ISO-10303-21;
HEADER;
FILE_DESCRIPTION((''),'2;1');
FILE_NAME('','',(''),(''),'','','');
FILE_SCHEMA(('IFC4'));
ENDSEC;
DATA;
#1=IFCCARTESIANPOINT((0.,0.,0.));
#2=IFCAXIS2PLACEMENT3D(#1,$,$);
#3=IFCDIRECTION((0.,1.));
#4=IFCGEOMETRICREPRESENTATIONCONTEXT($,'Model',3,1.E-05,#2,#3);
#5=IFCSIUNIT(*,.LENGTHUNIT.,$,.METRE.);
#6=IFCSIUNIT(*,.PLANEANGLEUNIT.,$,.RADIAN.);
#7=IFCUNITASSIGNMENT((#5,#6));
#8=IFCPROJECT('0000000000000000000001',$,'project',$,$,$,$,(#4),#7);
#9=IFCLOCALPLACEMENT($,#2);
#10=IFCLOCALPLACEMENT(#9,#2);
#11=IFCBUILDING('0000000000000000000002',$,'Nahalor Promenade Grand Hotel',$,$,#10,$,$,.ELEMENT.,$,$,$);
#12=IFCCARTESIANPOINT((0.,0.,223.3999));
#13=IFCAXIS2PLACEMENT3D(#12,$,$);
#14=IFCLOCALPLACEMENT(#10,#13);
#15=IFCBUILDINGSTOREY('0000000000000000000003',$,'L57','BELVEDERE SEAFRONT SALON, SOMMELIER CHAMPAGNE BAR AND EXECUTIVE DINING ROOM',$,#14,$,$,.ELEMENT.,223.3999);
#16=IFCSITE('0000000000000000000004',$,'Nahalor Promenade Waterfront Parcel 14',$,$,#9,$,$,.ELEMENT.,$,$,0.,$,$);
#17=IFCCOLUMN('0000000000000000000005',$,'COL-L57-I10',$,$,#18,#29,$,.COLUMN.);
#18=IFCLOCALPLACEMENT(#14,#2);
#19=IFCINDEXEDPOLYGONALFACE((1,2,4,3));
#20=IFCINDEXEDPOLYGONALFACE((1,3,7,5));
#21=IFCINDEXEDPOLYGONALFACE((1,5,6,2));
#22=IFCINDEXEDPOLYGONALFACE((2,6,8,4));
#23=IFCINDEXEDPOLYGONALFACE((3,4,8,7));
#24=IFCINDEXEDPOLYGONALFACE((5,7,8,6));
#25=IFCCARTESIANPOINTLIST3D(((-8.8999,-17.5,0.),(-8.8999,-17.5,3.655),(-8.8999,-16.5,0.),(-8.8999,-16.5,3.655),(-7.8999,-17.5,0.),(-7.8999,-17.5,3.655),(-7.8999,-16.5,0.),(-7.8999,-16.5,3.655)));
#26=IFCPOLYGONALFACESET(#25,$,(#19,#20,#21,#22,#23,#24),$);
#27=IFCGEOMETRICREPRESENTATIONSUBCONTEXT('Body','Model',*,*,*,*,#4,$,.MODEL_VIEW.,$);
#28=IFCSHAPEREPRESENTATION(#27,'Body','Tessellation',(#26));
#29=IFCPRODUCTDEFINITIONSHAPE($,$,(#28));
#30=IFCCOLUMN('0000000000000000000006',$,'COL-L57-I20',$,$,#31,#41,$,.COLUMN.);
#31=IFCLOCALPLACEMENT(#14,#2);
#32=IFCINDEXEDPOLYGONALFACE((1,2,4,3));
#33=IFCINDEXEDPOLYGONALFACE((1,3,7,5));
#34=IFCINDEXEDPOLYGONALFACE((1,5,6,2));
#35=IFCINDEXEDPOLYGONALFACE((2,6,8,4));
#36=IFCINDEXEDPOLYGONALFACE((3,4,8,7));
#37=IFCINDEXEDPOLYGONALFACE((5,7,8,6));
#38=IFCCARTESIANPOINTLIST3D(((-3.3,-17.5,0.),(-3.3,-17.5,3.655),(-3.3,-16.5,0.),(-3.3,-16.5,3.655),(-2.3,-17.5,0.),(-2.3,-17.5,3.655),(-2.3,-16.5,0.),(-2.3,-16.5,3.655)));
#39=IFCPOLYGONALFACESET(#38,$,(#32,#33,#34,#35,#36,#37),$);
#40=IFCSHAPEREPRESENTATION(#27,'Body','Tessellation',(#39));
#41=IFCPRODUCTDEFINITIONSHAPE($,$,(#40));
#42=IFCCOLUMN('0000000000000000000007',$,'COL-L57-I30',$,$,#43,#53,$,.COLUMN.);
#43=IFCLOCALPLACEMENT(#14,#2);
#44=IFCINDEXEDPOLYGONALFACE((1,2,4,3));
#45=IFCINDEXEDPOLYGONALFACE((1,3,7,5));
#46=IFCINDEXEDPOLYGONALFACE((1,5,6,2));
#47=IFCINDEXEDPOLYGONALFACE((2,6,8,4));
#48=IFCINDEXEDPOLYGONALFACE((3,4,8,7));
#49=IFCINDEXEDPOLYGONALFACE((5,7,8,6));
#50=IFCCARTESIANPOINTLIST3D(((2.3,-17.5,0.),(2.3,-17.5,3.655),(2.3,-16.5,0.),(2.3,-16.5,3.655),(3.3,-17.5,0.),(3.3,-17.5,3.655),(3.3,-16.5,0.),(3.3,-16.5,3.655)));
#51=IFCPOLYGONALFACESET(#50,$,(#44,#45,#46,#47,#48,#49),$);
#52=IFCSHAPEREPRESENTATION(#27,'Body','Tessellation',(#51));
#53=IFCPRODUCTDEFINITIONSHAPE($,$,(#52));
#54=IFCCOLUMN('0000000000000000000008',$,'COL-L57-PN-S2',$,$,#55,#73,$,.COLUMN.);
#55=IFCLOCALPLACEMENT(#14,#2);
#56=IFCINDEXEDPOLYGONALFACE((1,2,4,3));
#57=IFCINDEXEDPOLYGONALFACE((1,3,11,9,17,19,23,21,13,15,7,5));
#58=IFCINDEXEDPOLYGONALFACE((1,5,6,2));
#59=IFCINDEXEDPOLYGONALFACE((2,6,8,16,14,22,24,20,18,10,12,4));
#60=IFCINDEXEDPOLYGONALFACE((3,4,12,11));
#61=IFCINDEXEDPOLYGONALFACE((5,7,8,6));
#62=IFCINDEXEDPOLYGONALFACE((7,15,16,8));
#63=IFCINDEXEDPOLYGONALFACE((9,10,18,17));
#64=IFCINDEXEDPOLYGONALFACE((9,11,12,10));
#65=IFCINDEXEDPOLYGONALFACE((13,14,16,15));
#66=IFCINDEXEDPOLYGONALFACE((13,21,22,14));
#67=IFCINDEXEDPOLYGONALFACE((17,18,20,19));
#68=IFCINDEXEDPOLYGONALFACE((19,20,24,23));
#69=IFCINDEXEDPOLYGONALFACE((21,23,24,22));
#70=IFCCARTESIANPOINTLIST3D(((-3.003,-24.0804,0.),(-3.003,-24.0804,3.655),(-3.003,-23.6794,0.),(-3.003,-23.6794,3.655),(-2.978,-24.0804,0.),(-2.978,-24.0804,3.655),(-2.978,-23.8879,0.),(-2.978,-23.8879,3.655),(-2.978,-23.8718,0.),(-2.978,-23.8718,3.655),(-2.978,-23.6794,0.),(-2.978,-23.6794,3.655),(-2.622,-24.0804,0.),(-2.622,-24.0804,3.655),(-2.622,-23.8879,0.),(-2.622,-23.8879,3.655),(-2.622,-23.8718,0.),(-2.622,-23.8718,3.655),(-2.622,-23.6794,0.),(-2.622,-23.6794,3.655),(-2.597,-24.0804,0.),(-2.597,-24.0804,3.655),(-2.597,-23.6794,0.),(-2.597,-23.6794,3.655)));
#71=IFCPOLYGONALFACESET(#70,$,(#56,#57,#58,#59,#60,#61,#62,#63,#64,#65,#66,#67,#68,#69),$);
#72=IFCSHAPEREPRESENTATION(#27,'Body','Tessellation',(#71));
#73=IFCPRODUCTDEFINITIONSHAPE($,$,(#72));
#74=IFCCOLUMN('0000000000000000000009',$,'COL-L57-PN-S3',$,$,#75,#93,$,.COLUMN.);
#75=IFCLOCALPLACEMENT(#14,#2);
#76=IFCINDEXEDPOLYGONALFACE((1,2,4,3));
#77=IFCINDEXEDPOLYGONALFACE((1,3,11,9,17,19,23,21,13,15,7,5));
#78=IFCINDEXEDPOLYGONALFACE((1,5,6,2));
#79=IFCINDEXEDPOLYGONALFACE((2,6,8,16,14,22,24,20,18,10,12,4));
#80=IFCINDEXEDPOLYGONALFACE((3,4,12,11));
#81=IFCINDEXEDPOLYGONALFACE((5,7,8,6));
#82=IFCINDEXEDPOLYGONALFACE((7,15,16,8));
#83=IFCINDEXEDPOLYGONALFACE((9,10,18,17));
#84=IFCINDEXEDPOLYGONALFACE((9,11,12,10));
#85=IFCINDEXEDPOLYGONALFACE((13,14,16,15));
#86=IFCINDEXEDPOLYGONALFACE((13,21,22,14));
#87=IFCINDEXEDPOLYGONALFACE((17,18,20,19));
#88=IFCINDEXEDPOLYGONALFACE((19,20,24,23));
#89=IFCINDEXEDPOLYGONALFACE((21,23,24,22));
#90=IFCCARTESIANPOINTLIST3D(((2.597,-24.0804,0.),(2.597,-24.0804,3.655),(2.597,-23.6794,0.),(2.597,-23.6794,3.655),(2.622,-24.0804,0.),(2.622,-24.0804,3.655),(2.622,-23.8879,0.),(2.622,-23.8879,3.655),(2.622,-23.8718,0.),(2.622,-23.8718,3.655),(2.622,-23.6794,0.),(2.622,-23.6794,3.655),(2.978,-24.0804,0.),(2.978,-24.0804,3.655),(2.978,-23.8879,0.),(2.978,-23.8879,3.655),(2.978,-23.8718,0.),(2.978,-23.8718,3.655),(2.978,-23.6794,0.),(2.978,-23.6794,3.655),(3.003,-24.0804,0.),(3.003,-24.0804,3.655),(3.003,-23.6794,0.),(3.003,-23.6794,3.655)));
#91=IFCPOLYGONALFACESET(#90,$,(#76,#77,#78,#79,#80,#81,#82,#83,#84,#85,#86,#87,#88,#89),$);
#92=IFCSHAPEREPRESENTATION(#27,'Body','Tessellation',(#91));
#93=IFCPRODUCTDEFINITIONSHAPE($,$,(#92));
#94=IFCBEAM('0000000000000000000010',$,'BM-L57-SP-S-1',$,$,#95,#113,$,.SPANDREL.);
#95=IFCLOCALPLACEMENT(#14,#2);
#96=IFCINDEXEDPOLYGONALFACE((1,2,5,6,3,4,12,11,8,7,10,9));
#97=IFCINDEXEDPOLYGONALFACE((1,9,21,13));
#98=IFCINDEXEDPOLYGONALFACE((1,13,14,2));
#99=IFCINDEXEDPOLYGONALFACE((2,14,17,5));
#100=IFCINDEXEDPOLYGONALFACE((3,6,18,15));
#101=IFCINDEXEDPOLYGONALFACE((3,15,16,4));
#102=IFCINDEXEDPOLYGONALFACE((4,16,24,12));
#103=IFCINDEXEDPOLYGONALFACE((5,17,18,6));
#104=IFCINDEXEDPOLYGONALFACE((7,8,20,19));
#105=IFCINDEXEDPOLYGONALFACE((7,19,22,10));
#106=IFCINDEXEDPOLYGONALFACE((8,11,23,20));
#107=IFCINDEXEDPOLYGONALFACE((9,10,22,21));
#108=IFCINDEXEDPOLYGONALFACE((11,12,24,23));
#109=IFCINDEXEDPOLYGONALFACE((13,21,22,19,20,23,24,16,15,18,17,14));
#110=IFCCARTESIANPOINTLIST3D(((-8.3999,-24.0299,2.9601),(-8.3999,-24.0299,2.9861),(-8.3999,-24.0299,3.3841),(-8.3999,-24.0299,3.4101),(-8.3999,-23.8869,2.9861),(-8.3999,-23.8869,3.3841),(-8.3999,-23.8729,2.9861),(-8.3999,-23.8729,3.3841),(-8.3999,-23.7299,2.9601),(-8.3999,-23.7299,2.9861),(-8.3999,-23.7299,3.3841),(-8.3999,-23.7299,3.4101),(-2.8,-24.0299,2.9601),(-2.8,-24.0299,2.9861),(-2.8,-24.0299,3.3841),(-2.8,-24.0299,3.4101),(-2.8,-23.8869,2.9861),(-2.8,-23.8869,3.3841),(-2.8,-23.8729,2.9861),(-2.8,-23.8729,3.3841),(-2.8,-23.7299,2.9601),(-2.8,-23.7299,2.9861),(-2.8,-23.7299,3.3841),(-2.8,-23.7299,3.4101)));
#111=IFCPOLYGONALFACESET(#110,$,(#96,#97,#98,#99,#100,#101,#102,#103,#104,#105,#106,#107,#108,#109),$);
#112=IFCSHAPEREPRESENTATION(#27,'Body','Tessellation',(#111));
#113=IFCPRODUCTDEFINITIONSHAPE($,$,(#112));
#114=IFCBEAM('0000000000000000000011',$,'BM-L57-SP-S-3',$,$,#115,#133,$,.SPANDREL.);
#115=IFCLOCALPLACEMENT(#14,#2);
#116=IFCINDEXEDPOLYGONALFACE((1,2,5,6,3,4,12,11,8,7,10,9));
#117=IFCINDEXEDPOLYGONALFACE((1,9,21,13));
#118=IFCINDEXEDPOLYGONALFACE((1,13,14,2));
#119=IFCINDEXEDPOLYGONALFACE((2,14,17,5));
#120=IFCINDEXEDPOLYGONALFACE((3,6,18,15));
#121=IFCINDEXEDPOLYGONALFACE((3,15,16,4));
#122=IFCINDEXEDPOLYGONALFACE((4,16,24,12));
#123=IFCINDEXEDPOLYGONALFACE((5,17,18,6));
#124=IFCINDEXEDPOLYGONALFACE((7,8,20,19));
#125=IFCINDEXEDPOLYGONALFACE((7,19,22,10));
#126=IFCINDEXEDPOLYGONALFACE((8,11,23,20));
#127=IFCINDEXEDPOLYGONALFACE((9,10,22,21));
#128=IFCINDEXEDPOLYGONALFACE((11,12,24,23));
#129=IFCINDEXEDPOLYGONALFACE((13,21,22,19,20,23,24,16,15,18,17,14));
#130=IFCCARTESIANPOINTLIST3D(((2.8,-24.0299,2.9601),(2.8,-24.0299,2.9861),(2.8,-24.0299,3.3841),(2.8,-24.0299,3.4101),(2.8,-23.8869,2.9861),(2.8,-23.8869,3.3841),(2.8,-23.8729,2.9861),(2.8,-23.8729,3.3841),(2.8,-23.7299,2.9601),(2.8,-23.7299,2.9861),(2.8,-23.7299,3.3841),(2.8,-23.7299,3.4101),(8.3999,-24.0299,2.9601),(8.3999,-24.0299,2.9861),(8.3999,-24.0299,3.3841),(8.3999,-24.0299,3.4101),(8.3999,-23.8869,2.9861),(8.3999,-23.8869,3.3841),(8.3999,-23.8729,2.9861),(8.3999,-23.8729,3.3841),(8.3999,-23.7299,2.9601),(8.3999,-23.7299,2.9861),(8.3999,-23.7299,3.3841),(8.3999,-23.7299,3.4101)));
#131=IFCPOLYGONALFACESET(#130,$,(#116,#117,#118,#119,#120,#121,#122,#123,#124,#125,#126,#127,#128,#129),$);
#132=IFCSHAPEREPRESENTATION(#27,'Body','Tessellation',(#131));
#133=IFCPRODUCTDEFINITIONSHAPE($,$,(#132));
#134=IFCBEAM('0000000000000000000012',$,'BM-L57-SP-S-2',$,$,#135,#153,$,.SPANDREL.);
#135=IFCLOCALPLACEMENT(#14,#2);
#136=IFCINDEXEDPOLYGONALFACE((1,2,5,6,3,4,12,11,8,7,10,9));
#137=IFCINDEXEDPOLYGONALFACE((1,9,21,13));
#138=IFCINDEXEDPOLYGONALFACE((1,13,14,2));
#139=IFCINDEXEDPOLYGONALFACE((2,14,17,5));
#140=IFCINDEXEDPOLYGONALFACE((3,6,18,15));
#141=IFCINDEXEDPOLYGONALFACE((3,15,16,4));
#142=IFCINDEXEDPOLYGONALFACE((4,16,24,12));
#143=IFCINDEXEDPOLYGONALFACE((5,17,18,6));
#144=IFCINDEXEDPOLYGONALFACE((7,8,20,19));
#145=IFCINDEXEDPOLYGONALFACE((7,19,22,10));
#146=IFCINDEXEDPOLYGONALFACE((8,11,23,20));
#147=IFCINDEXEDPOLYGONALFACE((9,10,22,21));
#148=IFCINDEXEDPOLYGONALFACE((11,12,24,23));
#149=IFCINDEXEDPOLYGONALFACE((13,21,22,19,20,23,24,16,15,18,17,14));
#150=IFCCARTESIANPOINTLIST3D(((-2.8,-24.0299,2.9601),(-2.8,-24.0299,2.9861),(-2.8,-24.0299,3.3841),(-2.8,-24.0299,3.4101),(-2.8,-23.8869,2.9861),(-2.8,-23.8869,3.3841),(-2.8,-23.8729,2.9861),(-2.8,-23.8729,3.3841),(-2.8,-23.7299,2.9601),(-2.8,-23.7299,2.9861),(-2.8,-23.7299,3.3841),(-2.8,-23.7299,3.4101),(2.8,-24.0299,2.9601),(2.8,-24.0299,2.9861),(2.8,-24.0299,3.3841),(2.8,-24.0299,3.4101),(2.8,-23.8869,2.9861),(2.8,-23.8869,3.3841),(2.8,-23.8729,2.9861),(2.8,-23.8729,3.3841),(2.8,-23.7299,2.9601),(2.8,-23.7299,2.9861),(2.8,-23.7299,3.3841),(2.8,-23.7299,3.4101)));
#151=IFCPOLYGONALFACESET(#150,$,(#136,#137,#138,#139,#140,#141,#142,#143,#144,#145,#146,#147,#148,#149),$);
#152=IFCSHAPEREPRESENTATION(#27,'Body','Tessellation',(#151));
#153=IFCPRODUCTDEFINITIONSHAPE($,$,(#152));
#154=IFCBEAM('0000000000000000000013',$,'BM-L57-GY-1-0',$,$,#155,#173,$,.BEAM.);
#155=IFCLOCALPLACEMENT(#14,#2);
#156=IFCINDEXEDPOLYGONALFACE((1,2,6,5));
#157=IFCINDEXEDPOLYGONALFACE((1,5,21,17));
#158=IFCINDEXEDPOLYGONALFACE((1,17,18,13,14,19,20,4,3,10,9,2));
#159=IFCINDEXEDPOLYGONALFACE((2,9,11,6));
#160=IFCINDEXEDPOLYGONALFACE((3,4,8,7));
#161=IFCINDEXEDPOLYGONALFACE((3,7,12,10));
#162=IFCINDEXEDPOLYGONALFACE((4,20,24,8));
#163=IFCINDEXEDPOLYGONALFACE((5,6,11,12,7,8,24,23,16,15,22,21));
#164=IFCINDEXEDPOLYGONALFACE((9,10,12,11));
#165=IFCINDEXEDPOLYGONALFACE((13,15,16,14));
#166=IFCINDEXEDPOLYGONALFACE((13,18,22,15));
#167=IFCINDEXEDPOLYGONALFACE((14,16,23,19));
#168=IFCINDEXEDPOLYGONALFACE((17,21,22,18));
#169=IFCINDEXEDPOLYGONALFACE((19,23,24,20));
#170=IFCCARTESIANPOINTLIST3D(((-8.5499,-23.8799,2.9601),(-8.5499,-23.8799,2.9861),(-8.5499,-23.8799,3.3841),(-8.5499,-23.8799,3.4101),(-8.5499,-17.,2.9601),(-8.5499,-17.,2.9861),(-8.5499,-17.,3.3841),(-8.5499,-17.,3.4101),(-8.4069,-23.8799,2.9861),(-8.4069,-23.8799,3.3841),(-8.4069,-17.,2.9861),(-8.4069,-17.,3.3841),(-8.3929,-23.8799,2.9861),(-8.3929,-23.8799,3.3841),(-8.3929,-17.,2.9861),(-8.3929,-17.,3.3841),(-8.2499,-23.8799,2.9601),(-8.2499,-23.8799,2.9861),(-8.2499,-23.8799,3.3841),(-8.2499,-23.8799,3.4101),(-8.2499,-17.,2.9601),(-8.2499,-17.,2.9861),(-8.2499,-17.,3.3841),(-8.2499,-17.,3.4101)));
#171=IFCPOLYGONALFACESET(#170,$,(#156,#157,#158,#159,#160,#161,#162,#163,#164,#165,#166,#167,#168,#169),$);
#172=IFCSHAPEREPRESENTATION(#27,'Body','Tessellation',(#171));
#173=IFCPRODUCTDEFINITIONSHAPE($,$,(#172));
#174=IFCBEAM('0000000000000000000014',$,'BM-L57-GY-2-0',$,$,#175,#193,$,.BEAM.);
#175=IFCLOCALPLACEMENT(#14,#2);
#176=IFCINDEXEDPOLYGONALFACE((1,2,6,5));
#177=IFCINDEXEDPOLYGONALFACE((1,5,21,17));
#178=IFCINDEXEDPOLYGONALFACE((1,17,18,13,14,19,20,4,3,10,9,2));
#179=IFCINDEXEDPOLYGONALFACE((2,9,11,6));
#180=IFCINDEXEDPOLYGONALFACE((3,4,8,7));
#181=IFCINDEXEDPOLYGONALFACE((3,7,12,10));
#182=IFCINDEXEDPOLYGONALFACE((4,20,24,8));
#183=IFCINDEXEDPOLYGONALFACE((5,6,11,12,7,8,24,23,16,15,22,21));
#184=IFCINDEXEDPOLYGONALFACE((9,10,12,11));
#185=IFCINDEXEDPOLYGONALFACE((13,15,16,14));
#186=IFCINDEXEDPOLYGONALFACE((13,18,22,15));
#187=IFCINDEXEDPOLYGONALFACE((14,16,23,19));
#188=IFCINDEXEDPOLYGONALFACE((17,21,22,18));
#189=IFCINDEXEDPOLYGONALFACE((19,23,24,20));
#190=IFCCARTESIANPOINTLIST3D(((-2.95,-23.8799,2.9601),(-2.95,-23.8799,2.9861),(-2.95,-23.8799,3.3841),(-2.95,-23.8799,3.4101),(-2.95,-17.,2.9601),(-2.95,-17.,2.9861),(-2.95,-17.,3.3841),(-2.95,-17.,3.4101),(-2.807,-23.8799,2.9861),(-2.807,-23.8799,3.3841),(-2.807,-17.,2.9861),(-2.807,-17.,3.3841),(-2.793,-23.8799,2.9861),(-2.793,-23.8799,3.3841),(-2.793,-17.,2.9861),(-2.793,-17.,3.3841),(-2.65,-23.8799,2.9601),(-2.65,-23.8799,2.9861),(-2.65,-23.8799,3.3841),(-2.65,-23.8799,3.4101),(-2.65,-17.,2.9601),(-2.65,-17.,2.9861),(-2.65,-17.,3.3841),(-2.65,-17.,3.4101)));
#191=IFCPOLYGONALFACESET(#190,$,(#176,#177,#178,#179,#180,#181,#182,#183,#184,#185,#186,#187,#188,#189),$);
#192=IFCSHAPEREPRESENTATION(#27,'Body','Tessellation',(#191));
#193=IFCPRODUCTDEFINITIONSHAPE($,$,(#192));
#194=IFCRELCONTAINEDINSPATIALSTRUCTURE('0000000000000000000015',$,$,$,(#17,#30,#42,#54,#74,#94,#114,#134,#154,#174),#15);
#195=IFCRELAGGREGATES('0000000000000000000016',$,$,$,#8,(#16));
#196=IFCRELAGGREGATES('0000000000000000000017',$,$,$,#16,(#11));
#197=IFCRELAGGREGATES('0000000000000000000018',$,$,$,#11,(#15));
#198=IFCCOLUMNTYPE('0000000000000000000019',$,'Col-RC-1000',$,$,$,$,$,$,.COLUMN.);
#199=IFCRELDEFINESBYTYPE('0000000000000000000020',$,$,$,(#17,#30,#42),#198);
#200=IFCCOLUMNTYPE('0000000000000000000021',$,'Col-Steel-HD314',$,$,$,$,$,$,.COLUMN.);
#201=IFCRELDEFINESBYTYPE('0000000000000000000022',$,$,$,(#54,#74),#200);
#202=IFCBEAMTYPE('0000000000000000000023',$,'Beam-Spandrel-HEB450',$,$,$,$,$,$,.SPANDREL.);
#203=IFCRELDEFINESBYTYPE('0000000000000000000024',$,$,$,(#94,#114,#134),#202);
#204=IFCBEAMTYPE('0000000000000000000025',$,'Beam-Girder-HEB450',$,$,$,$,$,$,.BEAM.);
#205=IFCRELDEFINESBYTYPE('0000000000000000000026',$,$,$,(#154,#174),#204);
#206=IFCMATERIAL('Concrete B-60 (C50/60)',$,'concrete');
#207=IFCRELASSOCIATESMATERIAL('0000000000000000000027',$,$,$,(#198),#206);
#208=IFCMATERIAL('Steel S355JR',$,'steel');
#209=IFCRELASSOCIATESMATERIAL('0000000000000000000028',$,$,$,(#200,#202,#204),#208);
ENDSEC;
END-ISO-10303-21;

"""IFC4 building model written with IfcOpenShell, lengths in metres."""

from ifc_helpers import new_model, si_unit, direction, frame, origin, origin_2d, place, context, subcontext, project, spatial, rectangle, i_section, extrude, source, transform, mapped, material, material_profile, profile_set, type_object, element, save


model = new_model("IFC4")

# Units and contexts
model_context = context("Model", 3, precision=1e-05, world=origin(), true_north=direction((0.0, 1.0)))
body_context = subcontext(model_context, "Body", "Model", "MODEL_VIEW")
ifc_project = project(units=[si_unit("LENGTHUNIT", "METRE"), si_unit("PLANEANGLEUNIT", "RADIAN")], contexts=[model_context])

# Site, building, storey
site_placement = place(None, origin())
site = spatial("IfcSite", under=ifc_project, at=site_placement, Name="Nahalor Promenade Waterfront Parcel 14", CompositionType="ELEMENT", RefElevation=0.0)
building_placement = place(site_placement, origin())
building = spatial("IfcBuilding", under=site, at=building_placement, Name="Nahalor Promenade Grand Hotel", CompositionType="ELEMENT")
storey_placement = place(building_placement, frame((0.0, 0.0, 223.3999)))
storey = spatial("IfcBuildingStorey", under=building, at=storey_placement, Name="L57", Description="BELVEDERE SEAFRONT SALON, SOMMELIER CHAMPAGNE BAR AND EXECUTIVE DINING ROOM", CompositionType="ELEMENT", Elevation=223.3999)

# Columns
ifc_material_1 = material(Name="Concrete B-60 (C50/60)", Category="concrete")
ifc_material_profile_1 = material_profile(ifc_material_1, rectangle(XDim=1.0, YDim=1.0, at=origin_2d()), Name="RC 1000x1000")
ifc_profile_set_1 = profile_set([ifc_material_profile_1], Name="Concrete B-60 (C50/60)")
column_type_1 = type_object("IfcColumnType", Name="Col-RC-1000", PredefinedType="COLUMN", material=ifc_profile_set_1)
shared_shape_1 = source(origin(), body_context, "Body", "SweptSolid", [
    extrude(rectangle(XDim=1.0, YDim=1.0, at=origin_2d()), origin(), (0.0, 0.0, 1.0), 3.655),
])
for number, where, z_axis, x_axis, name in (
    (1, (-8.3999, -17.0, 0.0), (0.0, 0.0, 1.0), (1.0, 0.0, 0.0), "COL-L57-I10"),
    (2, (-2.8, -17.0, 0.0), (0.0, 0.0, 1.0), (1.0, 0.0, 0.0), "COL-L57-I20"),
    (3, (2.8, -17.0, 0.0), (0.0, 0.0, 1.0), (1.0, 0.0, 0.0), "COL-L57-I30"),
):
    element("IfcColumn", number, at=place(storey_placement, frame(where, z_axis=z_axis, x_axis=x_axis)), inside=storey, type_object=column_type_1, Name=name, PredefinedType="COLUMN", context=body_context, shape_type="MappedRepresentation", body=[
        mapped(shared_shape_1, transform((0.0, 0.0, 0.0), scale=1.0)),
    ])
ifc_material_2 = material(Name="Steel S355JR", Category="steel")
ifc_material_profile_2 = material_profile(ifc_material_2, i_section(OverallWidth=0.401, OverallDepth=0.406, WebThickness=0.0161, FlangeThickness=0.025, at=origin_2d()), Name="HD 400x314")
ifc_profile_set_2 = profile_set([ifc_material_profile_2], Name="Steel S355JR")
column_type_2 = type_object("IfcColumnType", Name="Col-Steel-HD314", PredefinedType="COLUMN", material=ifc_profile_set_2)
shared_shape_2 = source(origin(), body_context, "Body", "SweptSolid", [
    extrude(i_section(OverallWidth=0.401, OverallDepth=0.406, WebThickness=0.0161, FlangeThickness=0.025, at=origin_2d()), origin(), (0.0, 0.0, 1.0), 3.655),
])
for number, where, z_axis, x_axis, name in (
    (4, (-2.8, -23.8799, 0.0), (0.0, 0.0, 1.0), (0.0, 1.0, 0.0), "COL-L57-PN-S2"),
    (5, (2.8, -23.8799, 0.0), (0.0, 0.0, 1.0), (0.0, 1.0, 0.0), "COL-L57-PN-S3"),
):
    element("IfcColumn", number, at=place(storey_placement, frame(where, z_axis=z_axis, x_axis=x_axis)), inside=storey, type_object=column_type_2, Name=name, PredefinedType="COLUMN", context=body_context, shape_type="MappedRepresentation", body=[
        mapped(shared_shape_2, transform((0.0, 0.0, 0.0), scale=1.0)),
    ])

# Beams
ifc_material_profile_3 = material_profile(ifc_material_2, i_section(OverallWidth=0.3, OverallDepth=0.45, WebThickness=0.014, FlangeThickness=0.026, at=origin_2d()), Name="HEB 450")
ifc_profile_set_3 = profile_set([ifc_material_profile_3], Name="Steel S355JR")
beam_type_1 = type_object("IfcBeamType", Name="Beam-Spandrel-HEB450", PredefinedType="SPANDREL", material=ifc_profile_set_3)
shared_shape_3 = source(origin(), body_context, "Body", "SweptSolid", [
    extrude(i_section(OverallWidth=0.3, OverallDepth=0.45, WebThickness=0.014, FlangeThickness=0.026, at=origin_2d()), origin(), (0.0, 0.0, 1.0), 5.5999),
])
for number, where, z_axis, x_axis, name in (
    (6, (-8.3999, -23.8799, 3.1851), (1.0, 0.0, 0.0), (0.0, 1.0, 0.0), "BM-L57-SP-S-1"),
    (7, (2.8, -23.8799, 3.1851), (1.0, 0.0, 0.0), (0.0, 1.0, 0.0), "BM-L57-SP-S-3"),
):
    element("IfcBeam", number, at=place(storey_placement, frame(where, z_axis=z_axis, x_axis=x_axis)), inside=storey, type_object=beam_type_1, Name=name, PredefinedType="SPANDREL", context=body_context, shape_type="MappedRepresentation", body=[
        mapped(shared_shape_3, transform((0.0, 0.0, 0.0), scale=1.0)),
    ])
shared_shape_4 = source(origin(), body_context, "Body", "SweptSolid", [
    extrude(i_section(OverallWidth=0.3, OverallDepth=0.45, WebThickness=0.014, FlangeThickness=0.026, at=origin_2d()), origin(), (0.0, 0.0, 1.0), 5.6001),
])
beam_1_placement = place(storey_placement, frame((-2.8, -23.8799, 3.1851), z_axis=(1.0, 0.0, 0.0), x_axis=(0.0, 1.0, 0.0)))
element("IfcBeam", 8, at=beam_1_placement, inside=storey, type_object=beam_type_1, Name="BM-L57-SP-S-2", PredefinedType="SPANDREL", context=body_context, shape_type="MappedRepresentation", body=[
    mapped(shared_shape_4, transform((0.0, 0.0, 0.0), scale=1.0)),
])
ifc_material_profile_4 = material_profile(ifc_material_2, i_section(OverallWidth=0.3, OverallDepth=0.45, WebThickness=0.014, FlangeThickness=0.026, at=origin_2d()), Name="HEB 450")
ifc_profile_set_4 = profile_set([ifc_material_profile_4], Name="Steel S355JR")
beam_type_2 = type_object("IfcBeamType", Name="Beam-Girder-HEB450", PredefinedType="BEAM", material=ifc_profile_set_4)
shared_shape_5 = source(origin(), body_context, "Body", "SweptSolid", [
    extrude(i_section(OverallWidth=0.3, OverallDepth=0.45, WebThickness=0.014, FlangeThickness=0.026, at=origin_2d()), origin(), (0.0, 0.0, 1.0), 6.8799),
])
for number, where, z_axis, x_axis, name in (
    (9, (-8.3999, -23.8799, 3.1851), (0.0, 1.0, 0.0), (-1.0, 0.0, 0.0), "BM-L57-GY-1-0"),
    (10, (-2.8, -23.8799, 3.1851), (0.0, 1.0, 0.0), (-1.0, 0.0, 0.0), "BM-L57-GY-2-0"),
):
    element("IfcBeam", number, at=place(storey_placement, frame(where, z_axis=z_axis, x_axis=x_axis)), inside=storey, type_object=beam_type_2, Name=name, PredefinedType="BEAM", context=body_context, shape_type="MappedRepresentation", body=[
        mapped(shared_shape_5, transform((0.0, 0.0, 0.0), scale=1.0)),
    ])

save(model, "model.ifc")
